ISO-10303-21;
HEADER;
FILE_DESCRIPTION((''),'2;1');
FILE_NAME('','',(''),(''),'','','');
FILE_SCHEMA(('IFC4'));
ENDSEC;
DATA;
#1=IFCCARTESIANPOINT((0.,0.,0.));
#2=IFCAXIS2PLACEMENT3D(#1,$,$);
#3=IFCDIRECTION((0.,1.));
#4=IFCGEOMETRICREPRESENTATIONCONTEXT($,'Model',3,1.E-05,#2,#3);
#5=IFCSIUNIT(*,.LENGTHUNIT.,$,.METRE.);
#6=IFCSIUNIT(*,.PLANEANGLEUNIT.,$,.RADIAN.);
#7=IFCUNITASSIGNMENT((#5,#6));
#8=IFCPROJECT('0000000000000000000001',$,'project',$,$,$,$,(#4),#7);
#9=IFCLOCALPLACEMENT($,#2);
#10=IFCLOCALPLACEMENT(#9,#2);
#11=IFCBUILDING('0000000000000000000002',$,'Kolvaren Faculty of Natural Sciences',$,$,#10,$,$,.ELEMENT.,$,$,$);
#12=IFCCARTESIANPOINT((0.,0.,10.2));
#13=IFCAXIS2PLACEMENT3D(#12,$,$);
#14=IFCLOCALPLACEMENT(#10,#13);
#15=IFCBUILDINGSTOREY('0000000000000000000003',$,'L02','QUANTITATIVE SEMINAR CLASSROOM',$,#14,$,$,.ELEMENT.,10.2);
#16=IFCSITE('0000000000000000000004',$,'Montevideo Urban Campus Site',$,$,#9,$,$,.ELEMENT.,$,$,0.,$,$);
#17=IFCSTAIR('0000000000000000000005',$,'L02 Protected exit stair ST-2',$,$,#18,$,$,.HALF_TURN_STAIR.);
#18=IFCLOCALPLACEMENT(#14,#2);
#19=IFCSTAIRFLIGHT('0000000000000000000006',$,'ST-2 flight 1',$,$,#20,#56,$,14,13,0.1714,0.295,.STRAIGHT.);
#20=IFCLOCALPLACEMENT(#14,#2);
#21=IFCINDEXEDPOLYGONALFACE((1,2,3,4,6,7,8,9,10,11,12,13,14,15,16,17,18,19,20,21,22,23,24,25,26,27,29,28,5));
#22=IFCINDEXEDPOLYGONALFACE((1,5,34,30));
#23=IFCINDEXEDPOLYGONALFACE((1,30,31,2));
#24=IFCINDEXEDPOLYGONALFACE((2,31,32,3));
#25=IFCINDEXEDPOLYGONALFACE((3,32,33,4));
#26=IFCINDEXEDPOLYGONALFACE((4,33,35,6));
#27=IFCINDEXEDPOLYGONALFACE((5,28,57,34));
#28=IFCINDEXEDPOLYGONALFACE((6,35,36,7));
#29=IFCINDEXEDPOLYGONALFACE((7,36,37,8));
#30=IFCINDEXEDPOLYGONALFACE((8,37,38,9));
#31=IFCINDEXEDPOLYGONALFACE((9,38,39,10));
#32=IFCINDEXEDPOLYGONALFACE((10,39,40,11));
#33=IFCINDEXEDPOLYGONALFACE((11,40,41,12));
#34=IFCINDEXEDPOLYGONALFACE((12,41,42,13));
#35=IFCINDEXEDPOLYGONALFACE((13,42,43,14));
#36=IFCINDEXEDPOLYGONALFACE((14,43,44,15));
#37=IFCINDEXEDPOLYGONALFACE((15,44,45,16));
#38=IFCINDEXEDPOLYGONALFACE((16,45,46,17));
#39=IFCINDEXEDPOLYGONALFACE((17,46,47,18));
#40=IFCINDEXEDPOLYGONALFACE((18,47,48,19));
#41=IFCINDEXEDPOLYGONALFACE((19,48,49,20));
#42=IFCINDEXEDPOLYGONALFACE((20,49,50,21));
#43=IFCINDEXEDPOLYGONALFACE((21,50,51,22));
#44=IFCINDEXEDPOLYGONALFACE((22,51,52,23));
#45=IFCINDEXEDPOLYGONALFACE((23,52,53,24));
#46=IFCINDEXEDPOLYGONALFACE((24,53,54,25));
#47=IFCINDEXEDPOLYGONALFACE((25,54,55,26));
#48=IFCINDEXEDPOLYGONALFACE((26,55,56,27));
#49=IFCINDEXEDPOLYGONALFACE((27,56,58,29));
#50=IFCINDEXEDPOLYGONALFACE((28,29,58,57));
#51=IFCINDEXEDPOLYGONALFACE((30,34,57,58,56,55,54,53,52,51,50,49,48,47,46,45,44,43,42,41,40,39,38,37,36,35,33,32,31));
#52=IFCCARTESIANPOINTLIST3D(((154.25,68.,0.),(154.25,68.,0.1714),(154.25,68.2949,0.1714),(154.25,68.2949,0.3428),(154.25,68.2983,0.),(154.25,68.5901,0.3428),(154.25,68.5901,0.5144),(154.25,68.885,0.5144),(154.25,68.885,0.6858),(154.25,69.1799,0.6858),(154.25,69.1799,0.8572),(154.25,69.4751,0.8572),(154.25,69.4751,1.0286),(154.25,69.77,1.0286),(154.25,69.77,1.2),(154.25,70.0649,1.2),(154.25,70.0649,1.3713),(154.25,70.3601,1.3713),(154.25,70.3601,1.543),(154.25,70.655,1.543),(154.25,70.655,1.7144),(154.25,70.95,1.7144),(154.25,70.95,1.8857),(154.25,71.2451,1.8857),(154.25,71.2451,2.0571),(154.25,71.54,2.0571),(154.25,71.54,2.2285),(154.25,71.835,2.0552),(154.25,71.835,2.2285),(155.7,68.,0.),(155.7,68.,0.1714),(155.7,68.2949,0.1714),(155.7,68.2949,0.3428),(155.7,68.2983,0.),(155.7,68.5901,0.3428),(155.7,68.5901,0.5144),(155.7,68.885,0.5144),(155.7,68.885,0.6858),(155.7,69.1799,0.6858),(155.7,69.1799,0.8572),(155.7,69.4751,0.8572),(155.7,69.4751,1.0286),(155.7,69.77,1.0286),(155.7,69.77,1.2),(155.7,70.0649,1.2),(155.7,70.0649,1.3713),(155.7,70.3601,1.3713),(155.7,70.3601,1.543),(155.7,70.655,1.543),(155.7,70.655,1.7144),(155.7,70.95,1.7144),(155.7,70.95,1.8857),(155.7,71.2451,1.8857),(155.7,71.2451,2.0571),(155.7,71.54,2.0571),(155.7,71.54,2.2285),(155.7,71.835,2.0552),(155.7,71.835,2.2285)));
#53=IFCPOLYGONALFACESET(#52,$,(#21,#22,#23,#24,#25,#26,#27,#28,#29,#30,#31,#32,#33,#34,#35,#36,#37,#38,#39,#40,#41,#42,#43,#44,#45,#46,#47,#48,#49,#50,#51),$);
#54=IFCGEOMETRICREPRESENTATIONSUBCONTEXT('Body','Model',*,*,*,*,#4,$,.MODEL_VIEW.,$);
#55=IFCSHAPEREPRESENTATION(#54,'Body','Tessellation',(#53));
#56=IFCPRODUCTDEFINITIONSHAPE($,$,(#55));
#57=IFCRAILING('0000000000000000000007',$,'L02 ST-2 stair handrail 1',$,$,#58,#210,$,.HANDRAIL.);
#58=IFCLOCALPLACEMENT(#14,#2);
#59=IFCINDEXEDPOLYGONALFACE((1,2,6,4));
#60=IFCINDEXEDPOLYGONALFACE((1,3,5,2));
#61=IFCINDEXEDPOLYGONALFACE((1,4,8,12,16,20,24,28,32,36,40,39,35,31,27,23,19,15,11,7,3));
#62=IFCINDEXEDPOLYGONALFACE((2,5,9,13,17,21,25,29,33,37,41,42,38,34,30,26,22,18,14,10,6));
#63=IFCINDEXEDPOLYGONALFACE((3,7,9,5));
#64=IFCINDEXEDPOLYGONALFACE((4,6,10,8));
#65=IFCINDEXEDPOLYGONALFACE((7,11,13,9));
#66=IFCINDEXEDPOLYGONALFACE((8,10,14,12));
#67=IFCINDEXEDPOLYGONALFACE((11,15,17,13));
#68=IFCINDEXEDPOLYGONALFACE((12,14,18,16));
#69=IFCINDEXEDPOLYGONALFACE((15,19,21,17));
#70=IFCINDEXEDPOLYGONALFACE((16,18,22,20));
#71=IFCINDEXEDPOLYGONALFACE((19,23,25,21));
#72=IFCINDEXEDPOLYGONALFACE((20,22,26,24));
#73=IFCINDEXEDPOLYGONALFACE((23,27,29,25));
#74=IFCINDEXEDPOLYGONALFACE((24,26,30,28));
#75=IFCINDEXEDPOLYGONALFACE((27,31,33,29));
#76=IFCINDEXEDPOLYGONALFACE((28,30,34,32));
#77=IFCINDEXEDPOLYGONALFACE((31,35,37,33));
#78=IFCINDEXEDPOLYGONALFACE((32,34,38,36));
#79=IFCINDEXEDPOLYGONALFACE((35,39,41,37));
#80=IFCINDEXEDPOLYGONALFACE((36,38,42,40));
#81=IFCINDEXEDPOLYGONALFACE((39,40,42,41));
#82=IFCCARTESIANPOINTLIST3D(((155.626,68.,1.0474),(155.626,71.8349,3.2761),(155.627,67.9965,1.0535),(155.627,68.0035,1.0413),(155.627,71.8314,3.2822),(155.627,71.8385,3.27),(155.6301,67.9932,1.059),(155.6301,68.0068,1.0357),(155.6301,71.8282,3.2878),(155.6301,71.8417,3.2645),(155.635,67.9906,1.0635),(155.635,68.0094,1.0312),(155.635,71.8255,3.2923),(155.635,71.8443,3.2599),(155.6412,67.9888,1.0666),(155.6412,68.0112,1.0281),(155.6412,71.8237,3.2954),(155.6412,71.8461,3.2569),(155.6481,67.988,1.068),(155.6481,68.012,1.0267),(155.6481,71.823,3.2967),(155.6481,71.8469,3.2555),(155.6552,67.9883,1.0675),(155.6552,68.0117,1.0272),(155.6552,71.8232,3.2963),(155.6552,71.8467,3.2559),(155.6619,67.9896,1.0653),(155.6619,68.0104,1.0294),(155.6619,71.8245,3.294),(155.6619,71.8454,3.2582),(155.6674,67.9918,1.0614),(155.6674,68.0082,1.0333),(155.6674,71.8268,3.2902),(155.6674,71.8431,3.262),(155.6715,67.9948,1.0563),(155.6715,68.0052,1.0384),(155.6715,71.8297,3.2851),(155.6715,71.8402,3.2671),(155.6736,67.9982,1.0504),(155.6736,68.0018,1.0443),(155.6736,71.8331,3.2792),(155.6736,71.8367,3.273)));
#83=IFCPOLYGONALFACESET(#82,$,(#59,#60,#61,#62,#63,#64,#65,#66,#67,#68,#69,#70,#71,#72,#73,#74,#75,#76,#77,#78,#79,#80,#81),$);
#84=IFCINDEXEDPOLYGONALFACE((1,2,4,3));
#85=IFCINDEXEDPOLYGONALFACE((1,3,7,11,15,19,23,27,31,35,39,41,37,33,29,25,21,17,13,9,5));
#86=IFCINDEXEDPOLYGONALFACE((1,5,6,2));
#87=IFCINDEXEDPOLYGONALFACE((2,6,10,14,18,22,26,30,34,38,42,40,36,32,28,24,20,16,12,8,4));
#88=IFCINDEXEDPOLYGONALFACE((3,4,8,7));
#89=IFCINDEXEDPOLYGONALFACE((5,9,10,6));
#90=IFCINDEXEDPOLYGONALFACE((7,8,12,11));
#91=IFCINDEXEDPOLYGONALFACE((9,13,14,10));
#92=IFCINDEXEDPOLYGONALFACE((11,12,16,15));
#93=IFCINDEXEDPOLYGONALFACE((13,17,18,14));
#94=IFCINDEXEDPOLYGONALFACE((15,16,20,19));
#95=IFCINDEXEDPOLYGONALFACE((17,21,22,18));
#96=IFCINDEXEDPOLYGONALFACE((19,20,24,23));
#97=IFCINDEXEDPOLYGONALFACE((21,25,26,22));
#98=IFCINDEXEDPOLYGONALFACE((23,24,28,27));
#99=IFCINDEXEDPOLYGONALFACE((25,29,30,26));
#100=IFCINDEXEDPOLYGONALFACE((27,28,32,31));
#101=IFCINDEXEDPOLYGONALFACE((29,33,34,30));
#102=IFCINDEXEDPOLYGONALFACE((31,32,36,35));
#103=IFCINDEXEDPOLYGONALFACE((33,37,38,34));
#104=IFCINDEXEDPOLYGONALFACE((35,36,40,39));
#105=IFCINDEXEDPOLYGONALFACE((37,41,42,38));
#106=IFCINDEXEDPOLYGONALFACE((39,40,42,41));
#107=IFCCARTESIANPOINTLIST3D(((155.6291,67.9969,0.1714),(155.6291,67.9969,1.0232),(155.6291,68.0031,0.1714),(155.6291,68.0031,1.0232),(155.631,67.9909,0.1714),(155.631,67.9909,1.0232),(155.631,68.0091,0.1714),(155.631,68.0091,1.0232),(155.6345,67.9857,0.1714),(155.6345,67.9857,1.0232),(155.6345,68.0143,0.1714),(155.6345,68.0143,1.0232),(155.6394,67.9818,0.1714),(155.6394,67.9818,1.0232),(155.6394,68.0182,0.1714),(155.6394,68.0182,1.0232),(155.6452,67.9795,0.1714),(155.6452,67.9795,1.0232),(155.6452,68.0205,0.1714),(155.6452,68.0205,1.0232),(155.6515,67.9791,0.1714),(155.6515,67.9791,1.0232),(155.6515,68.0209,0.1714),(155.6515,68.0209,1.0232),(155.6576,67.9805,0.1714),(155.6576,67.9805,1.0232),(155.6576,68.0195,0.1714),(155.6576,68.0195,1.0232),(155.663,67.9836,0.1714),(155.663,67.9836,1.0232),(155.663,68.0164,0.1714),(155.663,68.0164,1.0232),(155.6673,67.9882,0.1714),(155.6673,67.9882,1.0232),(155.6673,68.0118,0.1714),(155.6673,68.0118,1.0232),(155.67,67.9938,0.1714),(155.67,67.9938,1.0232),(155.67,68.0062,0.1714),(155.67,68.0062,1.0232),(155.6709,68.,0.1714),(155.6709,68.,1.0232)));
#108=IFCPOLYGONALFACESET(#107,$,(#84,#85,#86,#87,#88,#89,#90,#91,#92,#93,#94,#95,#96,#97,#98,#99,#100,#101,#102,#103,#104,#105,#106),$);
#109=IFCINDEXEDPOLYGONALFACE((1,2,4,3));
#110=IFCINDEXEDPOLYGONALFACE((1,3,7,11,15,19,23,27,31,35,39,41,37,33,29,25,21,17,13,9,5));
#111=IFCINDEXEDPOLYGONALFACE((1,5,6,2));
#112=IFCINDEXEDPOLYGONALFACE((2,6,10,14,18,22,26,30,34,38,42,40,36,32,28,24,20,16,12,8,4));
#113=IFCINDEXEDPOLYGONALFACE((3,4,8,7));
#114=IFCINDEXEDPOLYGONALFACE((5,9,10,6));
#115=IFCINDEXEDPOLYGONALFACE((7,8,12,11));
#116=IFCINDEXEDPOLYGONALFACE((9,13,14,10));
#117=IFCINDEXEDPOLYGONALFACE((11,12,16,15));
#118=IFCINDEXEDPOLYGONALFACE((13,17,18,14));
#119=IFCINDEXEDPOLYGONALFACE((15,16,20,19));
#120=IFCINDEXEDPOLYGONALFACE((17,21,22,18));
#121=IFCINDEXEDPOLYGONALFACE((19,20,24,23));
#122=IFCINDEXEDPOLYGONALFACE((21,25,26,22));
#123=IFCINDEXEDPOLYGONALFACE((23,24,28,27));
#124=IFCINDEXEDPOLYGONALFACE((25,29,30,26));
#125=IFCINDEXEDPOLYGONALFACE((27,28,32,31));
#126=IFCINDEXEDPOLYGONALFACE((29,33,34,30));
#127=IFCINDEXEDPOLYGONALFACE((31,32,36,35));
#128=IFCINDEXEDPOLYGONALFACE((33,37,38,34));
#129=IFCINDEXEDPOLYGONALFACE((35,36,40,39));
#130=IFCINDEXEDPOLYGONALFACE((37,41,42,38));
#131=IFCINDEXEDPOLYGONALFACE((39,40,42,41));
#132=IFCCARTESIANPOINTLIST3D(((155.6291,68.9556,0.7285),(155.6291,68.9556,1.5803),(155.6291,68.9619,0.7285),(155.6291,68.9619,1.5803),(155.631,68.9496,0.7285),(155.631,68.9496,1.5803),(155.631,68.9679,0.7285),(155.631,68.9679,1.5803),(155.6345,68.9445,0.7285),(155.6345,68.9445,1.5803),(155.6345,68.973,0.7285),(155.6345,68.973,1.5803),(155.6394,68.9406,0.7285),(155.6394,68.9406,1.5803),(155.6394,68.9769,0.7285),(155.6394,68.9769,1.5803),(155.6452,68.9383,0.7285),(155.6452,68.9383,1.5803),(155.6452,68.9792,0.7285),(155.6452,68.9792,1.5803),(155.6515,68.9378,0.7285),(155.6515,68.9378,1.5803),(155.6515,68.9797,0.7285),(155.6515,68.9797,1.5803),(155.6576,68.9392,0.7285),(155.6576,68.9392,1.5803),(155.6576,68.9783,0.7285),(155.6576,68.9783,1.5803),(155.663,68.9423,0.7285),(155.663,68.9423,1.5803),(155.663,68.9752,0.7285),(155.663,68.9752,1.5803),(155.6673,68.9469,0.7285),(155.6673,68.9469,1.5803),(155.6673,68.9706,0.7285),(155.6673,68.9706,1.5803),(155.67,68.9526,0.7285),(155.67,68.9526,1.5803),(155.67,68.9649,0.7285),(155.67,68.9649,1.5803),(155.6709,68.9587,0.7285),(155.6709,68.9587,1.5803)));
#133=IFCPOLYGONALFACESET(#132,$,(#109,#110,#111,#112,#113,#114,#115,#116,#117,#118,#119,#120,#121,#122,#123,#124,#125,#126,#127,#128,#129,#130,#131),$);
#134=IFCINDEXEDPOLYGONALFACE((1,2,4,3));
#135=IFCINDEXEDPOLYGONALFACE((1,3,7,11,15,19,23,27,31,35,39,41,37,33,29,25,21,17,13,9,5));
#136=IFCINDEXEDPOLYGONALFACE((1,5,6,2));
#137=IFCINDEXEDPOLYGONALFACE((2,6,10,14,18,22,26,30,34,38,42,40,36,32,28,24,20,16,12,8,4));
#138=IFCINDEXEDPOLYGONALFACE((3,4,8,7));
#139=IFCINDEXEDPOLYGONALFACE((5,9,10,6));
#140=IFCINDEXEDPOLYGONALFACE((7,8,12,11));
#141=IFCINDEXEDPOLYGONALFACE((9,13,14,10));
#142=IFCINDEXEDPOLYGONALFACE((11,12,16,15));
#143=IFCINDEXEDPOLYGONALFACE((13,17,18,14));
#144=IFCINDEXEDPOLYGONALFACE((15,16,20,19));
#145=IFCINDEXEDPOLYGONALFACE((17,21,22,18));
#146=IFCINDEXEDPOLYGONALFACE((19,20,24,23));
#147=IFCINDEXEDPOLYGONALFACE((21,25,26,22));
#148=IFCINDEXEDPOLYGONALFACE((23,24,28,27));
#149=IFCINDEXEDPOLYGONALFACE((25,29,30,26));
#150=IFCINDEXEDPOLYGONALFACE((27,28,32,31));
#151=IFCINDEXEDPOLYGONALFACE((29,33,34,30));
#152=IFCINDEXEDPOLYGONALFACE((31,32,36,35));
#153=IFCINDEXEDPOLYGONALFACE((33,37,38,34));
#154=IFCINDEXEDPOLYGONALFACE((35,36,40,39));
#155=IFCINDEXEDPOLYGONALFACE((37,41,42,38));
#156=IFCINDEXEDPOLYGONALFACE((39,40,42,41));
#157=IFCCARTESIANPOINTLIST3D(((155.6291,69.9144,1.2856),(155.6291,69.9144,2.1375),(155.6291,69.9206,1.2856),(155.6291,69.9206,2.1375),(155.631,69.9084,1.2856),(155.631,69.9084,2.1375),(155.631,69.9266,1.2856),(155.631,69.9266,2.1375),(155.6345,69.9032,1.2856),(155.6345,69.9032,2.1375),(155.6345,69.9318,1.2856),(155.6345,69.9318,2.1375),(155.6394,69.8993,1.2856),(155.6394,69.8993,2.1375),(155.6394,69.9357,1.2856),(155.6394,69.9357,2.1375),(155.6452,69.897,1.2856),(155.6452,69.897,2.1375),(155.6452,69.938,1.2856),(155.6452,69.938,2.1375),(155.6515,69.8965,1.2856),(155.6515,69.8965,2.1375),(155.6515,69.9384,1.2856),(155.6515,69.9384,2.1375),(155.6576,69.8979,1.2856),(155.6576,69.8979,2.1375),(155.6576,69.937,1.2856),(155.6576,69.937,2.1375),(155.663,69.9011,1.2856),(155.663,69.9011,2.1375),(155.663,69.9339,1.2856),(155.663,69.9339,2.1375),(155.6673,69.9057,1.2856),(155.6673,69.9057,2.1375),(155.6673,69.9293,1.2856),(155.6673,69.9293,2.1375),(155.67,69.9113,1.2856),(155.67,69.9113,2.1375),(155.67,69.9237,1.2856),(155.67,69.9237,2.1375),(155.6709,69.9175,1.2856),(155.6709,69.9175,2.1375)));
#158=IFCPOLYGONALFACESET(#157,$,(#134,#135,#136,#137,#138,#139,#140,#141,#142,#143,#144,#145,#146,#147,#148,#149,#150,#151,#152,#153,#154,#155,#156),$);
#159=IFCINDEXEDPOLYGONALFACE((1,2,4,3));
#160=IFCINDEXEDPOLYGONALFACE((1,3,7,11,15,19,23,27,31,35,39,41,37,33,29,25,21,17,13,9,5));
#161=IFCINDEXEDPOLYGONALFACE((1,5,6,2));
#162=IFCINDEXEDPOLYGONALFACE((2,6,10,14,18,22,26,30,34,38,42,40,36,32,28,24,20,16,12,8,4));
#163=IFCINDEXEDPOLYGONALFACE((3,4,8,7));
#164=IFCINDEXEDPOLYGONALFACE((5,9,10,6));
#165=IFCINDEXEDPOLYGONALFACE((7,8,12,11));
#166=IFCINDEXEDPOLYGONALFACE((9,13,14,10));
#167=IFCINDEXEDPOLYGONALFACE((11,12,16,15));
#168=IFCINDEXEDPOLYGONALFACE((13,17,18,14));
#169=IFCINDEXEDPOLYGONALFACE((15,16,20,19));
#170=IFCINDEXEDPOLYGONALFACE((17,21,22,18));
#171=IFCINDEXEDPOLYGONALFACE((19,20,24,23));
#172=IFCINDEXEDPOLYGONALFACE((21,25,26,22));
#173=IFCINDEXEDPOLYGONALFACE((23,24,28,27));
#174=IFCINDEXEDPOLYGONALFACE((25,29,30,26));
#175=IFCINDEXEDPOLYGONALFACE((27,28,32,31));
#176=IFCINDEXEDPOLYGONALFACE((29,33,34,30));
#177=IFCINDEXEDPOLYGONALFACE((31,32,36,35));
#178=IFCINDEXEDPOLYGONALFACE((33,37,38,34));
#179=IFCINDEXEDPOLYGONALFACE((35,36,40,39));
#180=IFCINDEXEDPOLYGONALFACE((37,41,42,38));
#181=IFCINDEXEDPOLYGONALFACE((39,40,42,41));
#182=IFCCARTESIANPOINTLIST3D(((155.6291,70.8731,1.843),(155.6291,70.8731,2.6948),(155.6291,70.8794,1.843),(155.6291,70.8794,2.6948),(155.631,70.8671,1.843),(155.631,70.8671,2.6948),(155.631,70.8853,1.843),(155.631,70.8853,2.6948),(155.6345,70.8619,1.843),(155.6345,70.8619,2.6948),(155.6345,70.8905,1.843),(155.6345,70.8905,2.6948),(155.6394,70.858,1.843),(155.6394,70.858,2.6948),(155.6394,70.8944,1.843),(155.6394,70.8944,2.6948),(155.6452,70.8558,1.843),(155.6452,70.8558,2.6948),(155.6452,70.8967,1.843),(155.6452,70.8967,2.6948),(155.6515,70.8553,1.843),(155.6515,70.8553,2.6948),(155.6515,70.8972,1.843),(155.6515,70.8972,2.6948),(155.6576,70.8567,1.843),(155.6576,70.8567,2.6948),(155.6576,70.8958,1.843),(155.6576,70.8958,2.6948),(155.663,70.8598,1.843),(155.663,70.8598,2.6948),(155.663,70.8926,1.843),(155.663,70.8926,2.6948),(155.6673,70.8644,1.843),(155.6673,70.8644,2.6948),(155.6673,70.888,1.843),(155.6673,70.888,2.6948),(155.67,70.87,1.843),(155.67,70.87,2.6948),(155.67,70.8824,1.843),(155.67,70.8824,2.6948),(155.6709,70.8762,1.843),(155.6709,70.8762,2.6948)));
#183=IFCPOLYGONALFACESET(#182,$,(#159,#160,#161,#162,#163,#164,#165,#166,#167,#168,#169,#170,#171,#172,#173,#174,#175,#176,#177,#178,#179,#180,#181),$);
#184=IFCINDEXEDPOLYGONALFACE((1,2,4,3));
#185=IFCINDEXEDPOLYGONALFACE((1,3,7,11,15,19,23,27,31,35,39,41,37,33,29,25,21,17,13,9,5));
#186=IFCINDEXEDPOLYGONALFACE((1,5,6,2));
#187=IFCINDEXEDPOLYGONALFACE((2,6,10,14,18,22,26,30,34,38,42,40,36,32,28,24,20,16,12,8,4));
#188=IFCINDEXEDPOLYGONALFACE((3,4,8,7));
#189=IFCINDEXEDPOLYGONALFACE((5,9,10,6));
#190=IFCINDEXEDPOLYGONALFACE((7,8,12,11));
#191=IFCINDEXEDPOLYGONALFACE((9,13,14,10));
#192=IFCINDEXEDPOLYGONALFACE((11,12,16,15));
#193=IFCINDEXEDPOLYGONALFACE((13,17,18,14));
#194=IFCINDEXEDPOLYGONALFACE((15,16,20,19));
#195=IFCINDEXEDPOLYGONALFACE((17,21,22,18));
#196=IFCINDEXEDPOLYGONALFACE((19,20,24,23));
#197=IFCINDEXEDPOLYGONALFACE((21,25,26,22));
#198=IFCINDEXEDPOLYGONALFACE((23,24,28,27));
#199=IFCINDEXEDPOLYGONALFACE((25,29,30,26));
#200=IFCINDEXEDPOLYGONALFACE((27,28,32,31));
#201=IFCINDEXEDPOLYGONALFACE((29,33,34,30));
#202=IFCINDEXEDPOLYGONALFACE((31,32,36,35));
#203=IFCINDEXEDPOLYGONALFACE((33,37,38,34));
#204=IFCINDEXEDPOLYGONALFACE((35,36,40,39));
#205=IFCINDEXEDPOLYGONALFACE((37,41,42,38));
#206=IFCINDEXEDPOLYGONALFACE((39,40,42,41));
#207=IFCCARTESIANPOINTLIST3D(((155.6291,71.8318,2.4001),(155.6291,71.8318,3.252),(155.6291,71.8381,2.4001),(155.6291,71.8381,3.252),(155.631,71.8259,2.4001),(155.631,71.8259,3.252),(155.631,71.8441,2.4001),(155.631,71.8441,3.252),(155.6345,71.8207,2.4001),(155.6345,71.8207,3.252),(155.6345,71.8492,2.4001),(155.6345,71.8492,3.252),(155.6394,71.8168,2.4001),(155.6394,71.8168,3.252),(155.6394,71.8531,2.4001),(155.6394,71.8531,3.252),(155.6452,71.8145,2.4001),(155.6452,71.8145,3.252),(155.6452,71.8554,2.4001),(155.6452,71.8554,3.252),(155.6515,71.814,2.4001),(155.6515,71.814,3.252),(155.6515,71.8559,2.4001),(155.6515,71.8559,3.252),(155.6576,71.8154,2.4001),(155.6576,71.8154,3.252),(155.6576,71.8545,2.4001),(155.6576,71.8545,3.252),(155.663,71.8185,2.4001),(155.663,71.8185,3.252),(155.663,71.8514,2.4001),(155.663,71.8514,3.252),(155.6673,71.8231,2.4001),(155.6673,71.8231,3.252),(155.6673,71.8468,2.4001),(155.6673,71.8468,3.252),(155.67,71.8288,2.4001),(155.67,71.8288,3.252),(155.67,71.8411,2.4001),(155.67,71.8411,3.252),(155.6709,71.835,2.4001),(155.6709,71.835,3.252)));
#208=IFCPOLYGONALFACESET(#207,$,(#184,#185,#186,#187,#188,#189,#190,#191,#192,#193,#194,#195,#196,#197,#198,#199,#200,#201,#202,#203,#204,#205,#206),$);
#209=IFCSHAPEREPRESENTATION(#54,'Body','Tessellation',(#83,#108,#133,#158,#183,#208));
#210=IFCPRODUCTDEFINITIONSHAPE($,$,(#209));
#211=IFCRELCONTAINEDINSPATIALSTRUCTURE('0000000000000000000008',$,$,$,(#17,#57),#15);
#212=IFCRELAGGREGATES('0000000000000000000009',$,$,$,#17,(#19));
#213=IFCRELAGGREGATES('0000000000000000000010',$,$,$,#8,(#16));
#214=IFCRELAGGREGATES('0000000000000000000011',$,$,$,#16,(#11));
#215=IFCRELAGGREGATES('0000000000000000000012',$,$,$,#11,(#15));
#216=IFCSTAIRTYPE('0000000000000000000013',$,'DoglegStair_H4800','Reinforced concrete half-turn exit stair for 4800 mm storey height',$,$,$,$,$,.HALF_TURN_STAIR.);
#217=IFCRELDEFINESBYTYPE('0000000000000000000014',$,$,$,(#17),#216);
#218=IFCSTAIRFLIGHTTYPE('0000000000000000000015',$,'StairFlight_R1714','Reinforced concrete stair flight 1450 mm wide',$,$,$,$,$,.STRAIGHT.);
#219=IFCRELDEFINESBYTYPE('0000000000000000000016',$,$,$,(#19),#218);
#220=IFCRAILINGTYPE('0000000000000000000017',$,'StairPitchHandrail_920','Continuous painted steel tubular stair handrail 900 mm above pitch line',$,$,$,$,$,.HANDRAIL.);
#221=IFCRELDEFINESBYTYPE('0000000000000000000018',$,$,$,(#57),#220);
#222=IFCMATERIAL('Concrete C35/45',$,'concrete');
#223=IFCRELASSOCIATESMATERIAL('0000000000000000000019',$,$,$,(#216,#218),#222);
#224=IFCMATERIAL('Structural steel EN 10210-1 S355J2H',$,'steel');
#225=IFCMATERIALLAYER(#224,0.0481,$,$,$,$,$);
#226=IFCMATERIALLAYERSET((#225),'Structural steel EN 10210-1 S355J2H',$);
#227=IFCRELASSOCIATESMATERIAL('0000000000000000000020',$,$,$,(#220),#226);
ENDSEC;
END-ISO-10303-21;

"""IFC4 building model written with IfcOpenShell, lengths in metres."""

from ifc_helpers import new_model, si_unit, direction, frame, origin, origin_2d, place, context, subcontext, project, spatial, polyline, circle, outline, extrude, material, layer, layer_set, type_object, element, aggregate, save


model = new_model("IFC4")

# Units and contexts
model_context = context("Model", 3, precision=1e-05, world=origin(), true_north=direction((0.0, 1.0)))
body_context = subcontext(model_context, "Body", "Model", "MODEL_VIEW")
ifc_project = project(units=[si_unit("LENGTHUNIT", "METRE"), si_unit("PLANEANGLEUNIT", "RADIAN")], contexts=[model_context])

# Site, building, storey
site_placement = place(None, origin())
site = spatial("IfcSite", under=ifc_project, at=site_placement, Name="Montevideo Urban Campus Site", CompositionType="ELEMENT", RefElevation=0.0)
building_placement = place(site_placement, origin())
building = spatial("IfcBuilding", under=site, at=building_placement, Name="Kolvaren Faculty of Natural Sciences", CompositionType="ELEMENT")
storey_placement = place(building_placement, frame((0.0, 0.0, 10.2)))
storey = spatial("IfcBuildingStorey", under=building, at=storey_placement, Name="L02", Description="QUANTITATIVE SEMINAR CLASSROOM", CompositionType="ELEMENT", Elevation=10.2)

# Shared definitions
ifc_material_1 = material(Name="Concrete C35/45", Category="concrete")

# Stair, stair flight
stair_type = type_object("IfcStairType", Name="DoglegStair_H4800", Description="Reinforced concrete half-turn exit stair for 4800 mm storey height", PredefinedType="HALF_TURN_STAIR", material=ifc_material_1)
stair_placement = place(storey_placement, origin())
stair = element("IfcStair", 1, at=stair_placement, inside=storey, type_object=stair_type, Name="L02 Protected exit stair ST-2", PredefinedType="HALF_TURN_STAIR")
stair_flight_type = type_object("IfcStairFlightType", Name="StairFlight_R1714", Description="Reinforced concrete stair flight 1450 mm wide", PredefinedType="STRAIGHT", material=ifc_material_1)
stair_flight_placement = place(storey_placement, frame((154.9751, 68.0, 0.0), z_axis=(0.0, 0.0, 1.0), x_axis=(0.0, 1.0, 0.0)))
stair_flight = element("IfcStairFlight", 2, at=stair_flight_placement, type_object=stair_flight_type, Name="ST-2 flight 1", NumberOfRisers=14, NumberOfTreads=13, PredefinedType="STRAIGHT", RiserHeight=0.1714, TreadLength=0.295, context=body_context, shape_type="SweptSolid", body=[
    extrude(outline(polyline([(0.0, 0.0), (0.0, 0.1714), (0.2949, 0.1714), (0.2949, 0.3428), (0.5901, 0.3428), (0.5901, 0.5144), (0.885, 0.5144), (0.885, 0.6858), (1.1799, 0.6858), (1.1799, 0.8572), (1.4751, 0.8572), (1.4751, 1.0286), (1.77, 1.0286), (1.77, 1.2), (2.0649, 1.2), (2.0649, 1.3713), (2.3601, 1.3713), (2.3601, 1.543), (2.655, 1.543), (2.655, 1.7144), (2.95, 1.7144), (2.95, 1.8857), (3.2451, 1.8857), (3.2451, 2.0571), (3.54, 2.0571), (3.54, 2.2285), (3.835, 2.2285), (3.835, 2.3999), (3.835, 2.0552), (0.2983, 0.0), (0.0, 0.0)])), frame((0.0, 0.7251, 0.0), z_axis=(0.0, -1.0, 0.0), x_axis=(1.0, 0.0, 0.0)), (0.0, 0.0, 1.0), 1.45),
])
aggregate(stair, [stair_flight])

# Railing
ifc_material_2 = material(Name="Structural steel EN 10210-1 S355J2H", Category="steel")
ifc_layer_1 = layer(ifc_material_2, 0.0481)
ifc_layer_set_1 = layer_set([ifc_layer_1], Name="Structural steel EN 10210-1 S355J2H")
railing_type_1 = type_object("IfcRailingType", Name="StairPitchHandrail_920", Description="Continuous painted steel tubular stair handrail 900 mm above pitch line", PredefinedType="HANDRAIL", material=ifc_layer_set_1)
railing_1_placement = place(storey_placement, frame((155.6499, 68.0, 0.1714)))
element("IfcRailing", 3, at=railing_1_placement, inside=storey, type_object=railing_type_1, Name="L02 ST-2 stair handrail 1", PredefinedType="HANDRAIL", context=body_context, shape_type="SweptSolid", body=[
    extrude(circle(Radius=0.0239, at=origin_2d()), frame((0.0, 0.0, 0.876), z_axis=(0.0, 0.864592, 0.502474), x_axis=(-1.0, 0.0, 0.0)), (0.0, 0.0, 1.0), 4.4355),
    extrude(circle(Radius=0.021, at=origin_2d()), origin(), (0.0, 0.0, 1.0), 0.8518),
    extrude(circle(Radius=0.021, at=origin_2d()), frame((0.0, 0.9587, 0.5571)), (0.0, 0.0, 1.0), 0.8518),
    extrude(circle(Radius=0.021, at=origin_2d()), frame((0.0, 1.9175, 1.1143)), (0.0, 0.0, 1.0), 0.8518),
    extrude(circle(Radius=0.021, at=origin_2d()), frame((0.0, 2.8762, 1.6716)), (0.0, 0.0, 1.0), 0.8518),
    extrude(circle(Radius=0.021, at=origin_2d()), frame((0.0, 3.835, 2.2288)), (0.0, 0.0, 1.0), 0.8518),
])

save(model, "model.ifc")
